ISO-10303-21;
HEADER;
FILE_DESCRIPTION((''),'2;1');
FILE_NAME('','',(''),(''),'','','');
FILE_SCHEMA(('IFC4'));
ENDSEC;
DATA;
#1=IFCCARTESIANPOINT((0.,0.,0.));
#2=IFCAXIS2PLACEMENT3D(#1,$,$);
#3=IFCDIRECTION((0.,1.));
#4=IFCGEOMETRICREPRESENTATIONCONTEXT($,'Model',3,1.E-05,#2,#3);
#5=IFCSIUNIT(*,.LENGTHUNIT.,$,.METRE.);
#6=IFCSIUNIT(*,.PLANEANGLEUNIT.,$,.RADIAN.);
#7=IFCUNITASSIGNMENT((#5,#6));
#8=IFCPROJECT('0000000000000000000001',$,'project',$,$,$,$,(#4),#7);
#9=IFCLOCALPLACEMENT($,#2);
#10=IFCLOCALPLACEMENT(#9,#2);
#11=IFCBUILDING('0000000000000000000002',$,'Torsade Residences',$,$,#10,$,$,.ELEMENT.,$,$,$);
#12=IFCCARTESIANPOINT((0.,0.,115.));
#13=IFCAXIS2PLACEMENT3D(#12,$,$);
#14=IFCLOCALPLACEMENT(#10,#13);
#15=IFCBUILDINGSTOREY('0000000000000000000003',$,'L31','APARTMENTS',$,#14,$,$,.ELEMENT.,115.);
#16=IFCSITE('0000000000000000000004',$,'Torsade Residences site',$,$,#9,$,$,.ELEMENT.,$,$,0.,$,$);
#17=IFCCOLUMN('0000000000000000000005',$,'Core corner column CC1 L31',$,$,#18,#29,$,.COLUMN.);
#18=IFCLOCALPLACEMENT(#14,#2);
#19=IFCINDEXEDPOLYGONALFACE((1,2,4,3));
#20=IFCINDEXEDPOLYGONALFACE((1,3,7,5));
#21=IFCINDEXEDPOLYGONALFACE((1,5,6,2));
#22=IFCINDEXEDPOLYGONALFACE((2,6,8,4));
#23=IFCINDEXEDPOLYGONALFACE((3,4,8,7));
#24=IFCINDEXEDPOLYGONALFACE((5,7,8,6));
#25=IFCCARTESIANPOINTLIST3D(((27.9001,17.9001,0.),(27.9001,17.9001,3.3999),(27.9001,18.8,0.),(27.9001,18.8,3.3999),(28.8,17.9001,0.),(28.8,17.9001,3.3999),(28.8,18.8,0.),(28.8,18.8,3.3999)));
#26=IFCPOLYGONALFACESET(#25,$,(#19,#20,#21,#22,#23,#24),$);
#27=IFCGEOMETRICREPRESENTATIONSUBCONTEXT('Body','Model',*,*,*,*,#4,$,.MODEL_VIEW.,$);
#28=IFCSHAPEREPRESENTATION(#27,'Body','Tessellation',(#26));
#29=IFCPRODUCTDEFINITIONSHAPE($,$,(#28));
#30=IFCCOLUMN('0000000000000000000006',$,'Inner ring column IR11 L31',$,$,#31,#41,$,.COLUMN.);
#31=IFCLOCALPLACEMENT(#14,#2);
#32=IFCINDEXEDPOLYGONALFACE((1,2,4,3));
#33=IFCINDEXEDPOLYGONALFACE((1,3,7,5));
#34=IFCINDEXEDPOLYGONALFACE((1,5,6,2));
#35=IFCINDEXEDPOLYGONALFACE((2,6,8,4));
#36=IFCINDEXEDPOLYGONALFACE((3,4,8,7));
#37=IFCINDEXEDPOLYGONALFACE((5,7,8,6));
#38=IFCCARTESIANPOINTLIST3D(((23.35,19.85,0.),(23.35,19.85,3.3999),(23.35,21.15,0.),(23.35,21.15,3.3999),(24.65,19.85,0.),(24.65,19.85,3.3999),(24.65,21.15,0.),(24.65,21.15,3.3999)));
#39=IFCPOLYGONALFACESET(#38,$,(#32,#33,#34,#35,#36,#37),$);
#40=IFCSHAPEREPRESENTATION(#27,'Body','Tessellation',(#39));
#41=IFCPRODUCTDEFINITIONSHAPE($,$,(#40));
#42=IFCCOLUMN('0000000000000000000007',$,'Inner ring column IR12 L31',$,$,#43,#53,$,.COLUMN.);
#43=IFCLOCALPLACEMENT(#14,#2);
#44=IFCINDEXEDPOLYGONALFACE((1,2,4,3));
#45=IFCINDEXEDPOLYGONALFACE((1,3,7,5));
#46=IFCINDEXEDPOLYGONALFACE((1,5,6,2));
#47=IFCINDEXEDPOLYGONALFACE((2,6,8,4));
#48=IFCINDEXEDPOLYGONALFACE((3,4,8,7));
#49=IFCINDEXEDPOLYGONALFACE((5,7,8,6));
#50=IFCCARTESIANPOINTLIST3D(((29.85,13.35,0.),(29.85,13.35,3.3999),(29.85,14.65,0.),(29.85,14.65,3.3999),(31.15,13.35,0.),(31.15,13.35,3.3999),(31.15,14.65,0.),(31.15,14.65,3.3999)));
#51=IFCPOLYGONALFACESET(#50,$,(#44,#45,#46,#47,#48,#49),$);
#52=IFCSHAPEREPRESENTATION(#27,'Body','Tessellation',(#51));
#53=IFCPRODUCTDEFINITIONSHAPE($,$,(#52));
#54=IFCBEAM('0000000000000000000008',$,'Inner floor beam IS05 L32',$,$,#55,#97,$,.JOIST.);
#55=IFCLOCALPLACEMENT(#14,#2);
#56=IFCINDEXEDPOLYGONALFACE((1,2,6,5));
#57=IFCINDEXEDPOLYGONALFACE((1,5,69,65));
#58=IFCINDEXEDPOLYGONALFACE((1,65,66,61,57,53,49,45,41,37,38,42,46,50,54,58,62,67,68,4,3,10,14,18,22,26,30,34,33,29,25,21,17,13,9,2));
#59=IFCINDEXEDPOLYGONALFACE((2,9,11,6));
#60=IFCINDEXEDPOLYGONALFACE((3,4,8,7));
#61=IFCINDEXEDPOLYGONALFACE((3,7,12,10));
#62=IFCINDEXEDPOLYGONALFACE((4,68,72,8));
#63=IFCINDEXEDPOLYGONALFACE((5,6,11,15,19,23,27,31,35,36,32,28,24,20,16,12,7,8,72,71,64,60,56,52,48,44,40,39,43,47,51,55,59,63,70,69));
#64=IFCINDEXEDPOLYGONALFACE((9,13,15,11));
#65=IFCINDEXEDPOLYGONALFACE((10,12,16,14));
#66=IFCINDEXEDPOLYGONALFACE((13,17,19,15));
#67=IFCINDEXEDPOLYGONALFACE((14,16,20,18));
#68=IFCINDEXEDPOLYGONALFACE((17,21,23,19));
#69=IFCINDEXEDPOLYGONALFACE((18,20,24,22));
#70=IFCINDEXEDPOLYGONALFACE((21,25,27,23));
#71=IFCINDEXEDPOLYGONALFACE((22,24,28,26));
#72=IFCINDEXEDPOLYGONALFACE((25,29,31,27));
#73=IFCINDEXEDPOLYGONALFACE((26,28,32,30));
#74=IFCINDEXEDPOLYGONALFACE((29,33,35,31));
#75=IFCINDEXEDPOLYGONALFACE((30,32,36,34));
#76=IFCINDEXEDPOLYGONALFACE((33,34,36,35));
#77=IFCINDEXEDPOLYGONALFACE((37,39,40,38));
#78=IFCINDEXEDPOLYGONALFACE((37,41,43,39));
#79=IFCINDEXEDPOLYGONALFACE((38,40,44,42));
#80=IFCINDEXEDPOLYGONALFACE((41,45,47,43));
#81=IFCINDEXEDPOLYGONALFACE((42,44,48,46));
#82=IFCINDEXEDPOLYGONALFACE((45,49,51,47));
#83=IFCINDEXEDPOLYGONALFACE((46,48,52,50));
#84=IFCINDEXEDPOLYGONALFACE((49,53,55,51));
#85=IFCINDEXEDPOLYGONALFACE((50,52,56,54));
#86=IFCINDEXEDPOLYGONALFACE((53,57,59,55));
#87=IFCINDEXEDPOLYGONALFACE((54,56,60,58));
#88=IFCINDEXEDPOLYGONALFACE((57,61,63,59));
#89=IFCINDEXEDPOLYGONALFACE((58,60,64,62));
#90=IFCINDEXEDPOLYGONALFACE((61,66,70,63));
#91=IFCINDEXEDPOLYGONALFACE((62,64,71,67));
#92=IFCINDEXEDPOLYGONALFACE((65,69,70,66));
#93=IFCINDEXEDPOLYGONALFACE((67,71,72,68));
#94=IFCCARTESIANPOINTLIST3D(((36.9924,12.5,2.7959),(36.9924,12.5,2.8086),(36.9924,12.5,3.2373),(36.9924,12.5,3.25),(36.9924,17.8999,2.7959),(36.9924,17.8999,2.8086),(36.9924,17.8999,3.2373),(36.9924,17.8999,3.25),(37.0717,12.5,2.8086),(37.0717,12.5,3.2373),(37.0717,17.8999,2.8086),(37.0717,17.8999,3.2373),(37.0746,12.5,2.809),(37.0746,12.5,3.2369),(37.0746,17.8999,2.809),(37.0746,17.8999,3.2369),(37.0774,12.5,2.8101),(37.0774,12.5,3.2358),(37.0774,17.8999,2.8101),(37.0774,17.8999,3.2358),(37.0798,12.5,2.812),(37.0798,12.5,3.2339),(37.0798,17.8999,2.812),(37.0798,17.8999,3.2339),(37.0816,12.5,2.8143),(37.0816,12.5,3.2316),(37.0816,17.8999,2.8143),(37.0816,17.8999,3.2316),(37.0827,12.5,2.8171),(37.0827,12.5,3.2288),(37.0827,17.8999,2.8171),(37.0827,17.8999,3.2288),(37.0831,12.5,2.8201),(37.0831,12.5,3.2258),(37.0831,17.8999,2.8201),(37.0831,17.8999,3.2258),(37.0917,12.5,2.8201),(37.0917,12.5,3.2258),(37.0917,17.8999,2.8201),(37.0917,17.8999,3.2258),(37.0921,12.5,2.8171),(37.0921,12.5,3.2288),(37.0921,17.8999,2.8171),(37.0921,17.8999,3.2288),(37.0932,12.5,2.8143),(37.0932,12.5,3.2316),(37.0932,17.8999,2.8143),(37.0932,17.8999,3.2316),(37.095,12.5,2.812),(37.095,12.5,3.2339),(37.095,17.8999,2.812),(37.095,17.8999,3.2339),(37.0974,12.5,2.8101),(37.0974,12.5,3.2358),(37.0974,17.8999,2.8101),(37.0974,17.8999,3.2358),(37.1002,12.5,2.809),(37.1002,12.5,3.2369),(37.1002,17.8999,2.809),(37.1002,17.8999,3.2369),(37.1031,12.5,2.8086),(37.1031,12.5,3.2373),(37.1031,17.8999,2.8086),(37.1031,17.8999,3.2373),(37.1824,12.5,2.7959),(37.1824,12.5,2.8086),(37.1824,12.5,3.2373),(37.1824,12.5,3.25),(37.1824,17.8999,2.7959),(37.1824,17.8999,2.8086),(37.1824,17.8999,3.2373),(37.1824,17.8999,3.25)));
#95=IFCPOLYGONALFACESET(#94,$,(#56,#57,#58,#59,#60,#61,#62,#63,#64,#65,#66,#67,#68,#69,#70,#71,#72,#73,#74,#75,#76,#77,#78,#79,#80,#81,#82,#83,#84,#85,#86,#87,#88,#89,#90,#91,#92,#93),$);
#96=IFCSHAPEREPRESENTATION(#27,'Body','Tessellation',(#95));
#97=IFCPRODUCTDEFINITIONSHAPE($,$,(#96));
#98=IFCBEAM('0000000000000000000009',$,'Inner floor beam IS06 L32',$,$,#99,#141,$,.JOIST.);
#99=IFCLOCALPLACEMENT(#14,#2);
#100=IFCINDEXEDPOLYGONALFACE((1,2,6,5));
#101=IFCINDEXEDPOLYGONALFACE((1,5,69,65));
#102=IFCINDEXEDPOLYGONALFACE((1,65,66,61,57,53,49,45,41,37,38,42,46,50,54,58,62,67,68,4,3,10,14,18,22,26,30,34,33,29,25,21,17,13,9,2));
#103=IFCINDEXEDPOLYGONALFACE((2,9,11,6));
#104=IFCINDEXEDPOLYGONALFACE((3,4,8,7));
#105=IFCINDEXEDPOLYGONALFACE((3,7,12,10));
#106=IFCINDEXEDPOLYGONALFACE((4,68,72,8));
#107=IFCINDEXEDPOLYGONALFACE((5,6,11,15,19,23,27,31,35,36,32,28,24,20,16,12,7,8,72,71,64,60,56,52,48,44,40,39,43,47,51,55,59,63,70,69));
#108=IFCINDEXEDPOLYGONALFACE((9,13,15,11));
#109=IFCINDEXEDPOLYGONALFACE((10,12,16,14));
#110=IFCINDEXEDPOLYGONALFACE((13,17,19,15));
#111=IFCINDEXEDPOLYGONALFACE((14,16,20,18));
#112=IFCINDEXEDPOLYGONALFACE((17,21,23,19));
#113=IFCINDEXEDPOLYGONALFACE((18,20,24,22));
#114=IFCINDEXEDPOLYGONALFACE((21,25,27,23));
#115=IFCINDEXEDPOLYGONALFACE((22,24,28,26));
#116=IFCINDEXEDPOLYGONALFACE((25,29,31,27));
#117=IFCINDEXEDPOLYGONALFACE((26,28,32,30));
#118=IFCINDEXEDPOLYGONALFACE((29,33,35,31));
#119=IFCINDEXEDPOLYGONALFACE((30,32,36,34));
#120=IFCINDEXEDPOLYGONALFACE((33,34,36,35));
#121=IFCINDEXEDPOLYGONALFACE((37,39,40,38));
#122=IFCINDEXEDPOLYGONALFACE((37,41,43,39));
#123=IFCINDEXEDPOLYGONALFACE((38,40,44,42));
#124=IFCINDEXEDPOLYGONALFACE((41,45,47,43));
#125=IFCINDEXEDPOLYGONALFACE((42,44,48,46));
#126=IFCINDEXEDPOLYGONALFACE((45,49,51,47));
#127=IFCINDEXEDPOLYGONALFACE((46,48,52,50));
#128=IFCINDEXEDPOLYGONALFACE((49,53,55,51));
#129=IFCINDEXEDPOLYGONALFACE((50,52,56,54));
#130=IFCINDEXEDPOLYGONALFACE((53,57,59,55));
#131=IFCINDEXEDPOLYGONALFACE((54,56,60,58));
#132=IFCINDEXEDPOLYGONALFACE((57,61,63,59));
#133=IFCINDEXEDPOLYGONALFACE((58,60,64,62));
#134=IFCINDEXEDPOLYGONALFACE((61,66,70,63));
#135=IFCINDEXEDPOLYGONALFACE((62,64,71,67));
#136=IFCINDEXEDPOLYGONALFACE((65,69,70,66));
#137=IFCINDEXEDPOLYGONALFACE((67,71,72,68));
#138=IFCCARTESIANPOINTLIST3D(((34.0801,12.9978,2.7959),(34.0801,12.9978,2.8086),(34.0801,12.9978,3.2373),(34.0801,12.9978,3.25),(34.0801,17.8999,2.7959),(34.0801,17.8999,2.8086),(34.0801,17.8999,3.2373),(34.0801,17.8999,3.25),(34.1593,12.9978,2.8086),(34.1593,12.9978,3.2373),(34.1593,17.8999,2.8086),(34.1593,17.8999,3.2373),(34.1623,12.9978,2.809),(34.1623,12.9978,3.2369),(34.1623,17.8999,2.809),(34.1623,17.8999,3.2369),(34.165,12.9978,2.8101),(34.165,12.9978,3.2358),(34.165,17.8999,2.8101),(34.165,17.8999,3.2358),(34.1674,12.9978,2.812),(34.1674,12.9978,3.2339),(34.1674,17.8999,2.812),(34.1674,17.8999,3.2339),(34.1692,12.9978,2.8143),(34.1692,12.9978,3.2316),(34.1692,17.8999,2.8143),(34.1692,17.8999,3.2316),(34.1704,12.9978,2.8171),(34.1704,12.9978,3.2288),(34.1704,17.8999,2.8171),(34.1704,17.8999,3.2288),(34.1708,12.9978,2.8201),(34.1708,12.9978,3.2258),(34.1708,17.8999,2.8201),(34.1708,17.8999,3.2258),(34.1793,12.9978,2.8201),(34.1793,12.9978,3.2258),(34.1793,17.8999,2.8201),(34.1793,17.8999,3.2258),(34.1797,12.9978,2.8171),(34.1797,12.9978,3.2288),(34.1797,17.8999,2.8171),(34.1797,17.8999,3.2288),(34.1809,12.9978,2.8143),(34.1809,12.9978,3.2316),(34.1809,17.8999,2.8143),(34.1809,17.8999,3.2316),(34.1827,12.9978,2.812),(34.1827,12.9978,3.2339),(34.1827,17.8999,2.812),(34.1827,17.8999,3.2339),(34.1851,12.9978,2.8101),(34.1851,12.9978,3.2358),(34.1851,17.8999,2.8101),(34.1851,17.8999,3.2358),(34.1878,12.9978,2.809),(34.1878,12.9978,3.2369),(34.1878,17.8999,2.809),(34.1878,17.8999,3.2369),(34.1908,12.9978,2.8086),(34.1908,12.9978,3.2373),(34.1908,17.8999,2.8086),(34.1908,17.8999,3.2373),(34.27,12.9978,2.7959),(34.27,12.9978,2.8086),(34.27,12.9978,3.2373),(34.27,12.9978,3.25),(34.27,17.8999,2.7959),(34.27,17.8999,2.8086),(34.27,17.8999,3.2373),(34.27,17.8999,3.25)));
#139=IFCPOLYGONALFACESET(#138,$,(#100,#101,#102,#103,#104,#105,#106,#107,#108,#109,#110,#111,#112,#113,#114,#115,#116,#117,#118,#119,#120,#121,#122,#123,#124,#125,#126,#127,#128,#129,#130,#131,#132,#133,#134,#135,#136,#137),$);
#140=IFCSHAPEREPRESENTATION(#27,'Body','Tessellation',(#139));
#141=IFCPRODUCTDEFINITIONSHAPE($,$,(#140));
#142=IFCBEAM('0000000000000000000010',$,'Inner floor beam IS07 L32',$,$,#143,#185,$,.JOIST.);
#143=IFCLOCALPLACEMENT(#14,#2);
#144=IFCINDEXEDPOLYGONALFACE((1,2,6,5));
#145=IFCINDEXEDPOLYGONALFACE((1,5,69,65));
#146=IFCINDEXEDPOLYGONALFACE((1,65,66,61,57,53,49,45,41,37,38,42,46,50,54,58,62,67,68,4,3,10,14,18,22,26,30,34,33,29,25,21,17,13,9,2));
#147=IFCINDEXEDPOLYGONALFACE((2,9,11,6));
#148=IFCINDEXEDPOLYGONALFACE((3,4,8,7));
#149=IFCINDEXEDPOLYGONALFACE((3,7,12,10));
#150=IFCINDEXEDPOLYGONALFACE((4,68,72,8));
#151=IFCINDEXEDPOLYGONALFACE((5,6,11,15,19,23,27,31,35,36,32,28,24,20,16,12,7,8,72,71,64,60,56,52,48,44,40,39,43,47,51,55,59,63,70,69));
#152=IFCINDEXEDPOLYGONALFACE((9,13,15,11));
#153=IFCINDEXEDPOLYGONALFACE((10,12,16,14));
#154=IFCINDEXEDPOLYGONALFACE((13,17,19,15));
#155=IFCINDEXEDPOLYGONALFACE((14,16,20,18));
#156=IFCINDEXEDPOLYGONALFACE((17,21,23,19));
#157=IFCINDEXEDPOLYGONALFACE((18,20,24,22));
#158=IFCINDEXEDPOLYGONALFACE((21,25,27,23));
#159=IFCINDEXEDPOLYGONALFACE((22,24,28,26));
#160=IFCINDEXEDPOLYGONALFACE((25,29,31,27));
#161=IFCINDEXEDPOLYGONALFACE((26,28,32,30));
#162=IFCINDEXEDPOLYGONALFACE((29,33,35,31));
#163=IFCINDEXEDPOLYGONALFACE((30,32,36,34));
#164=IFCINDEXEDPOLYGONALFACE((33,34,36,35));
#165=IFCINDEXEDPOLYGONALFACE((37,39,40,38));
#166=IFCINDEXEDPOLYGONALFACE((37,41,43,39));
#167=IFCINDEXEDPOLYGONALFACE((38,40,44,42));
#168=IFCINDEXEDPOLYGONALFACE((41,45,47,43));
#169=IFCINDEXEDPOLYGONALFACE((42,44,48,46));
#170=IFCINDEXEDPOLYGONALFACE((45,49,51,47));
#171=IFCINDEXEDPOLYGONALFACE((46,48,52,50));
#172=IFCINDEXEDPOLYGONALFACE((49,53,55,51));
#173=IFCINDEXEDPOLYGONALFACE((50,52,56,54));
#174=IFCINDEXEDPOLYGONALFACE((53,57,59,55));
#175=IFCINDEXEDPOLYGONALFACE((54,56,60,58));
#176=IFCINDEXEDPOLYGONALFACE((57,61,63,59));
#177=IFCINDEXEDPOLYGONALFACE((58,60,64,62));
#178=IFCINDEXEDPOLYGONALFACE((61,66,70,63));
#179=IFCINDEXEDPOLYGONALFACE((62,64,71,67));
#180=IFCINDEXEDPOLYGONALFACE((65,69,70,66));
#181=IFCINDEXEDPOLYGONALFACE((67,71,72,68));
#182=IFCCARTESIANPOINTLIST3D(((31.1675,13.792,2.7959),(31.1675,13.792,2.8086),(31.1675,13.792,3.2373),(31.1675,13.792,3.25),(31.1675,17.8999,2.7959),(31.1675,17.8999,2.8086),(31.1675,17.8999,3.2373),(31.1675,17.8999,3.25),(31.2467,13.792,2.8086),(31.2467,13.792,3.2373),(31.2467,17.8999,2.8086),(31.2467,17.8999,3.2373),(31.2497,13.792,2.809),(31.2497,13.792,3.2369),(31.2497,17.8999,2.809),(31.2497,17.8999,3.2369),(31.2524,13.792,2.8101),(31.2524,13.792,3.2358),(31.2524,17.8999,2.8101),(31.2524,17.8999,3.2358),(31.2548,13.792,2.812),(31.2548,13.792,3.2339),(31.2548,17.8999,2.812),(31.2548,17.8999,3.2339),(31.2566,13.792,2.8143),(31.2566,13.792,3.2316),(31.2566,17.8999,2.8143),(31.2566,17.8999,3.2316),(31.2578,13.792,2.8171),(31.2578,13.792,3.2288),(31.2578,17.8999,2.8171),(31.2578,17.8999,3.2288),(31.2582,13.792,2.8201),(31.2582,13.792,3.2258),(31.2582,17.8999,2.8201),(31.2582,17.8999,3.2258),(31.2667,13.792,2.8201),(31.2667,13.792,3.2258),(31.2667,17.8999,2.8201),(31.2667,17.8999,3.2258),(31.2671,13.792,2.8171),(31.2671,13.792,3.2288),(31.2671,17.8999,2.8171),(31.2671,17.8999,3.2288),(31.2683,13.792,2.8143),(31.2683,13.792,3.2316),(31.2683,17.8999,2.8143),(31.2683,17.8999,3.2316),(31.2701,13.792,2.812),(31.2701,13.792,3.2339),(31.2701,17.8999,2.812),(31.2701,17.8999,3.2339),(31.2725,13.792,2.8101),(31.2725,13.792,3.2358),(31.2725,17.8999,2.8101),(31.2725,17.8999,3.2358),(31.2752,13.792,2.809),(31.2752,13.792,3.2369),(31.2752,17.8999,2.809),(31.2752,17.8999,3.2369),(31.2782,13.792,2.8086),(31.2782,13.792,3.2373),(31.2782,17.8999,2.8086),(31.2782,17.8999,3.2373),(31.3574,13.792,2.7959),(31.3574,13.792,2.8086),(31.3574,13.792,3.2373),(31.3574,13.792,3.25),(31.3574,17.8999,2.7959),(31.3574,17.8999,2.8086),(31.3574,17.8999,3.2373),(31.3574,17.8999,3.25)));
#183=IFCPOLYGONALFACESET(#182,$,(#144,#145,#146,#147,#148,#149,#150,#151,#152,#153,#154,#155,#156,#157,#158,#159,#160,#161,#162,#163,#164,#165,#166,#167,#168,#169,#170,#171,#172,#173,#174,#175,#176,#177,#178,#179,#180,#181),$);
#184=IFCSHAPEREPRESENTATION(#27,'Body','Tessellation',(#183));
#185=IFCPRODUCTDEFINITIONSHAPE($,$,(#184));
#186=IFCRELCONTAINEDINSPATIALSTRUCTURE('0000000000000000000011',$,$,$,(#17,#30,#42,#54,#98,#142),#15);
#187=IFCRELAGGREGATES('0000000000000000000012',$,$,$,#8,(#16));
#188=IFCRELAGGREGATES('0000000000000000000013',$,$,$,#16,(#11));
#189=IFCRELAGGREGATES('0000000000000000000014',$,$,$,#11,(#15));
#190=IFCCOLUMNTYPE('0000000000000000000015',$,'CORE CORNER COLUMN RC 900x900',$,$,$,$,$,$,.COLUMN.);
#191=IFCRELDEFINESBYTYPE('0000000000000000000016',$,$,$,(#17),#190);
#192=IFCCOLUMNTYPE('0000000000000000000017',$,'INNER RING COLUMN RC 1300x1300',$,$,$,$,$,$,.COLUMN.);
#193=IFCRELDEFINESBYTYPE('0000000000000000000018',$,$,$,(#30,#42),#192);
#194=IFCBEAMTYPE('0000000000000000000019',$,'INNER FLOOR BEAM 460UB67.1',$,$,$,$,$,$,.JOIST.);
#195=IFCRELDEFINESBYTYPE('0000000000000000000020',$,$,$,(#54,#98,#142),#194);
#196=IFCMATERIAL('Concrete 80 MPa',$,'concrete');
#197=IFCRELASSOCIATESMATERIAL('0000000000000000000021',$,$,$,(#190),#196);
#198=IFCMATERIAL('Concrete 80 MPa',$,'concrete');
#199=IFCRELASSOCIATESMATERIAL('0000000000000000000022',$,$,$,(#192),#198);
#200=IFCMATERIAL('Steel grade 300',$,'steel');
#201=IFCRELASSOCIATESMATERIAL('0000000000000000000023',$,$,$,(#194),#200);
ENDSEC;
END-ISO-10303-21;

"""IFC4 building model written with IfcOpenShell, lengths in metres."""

from ifc_helpers import new_model, si_unit, direction, frame, origin, origin_2d, place, context, subcontext, project, spatial, rectangle, i_section, extrude, material, material_profile, profile_set, type_object, element, save


model = new_model("IFC4")

# Units and contexts
model_context = context("Model", 3, precision=1e-05, world=origin(), true_north=direction((0.0, 1.0)))
body_context = subcontext(model_context, "Body", "Model", "MODEL_VIEW")
ifc_project = project(units=[si_unit("LENGTHUNIT", "METRE"), si_unit("PLANEANGLEUNIT", "RADIAN")], contexts=[model_context])

# Site, building, storey
site_placement = place(None, origin())
site = spatial("IfcSite", under=ifc_project, at=site_placement, Name="Torsade Residences site", CompositionType="ELEMENT", RefElevation=0.0)
building_placement = place(site_placement, origin())
building = spatial("IfcBuilding", under=site, at=building_placement, Name="Torsade Residences", CompositionType="ELEMENT")
storey_placement = place(building_placement, frame((0.0, 0.0, 115.0)))
storey = spatial("IfcBuildingStorey", under=building, at=storey_placement, Name="L31", Description="APARTMENTS", CompositionType="ELEMENT", Elevation=115.0)

# Columns
ifc_material_1 = material(Name="Concrete 80 MPa", Category="concrete")
ifc_material_profile_1 = material_profile(ifc_material_1, rectangle(XDim=0.8999, YDim=0.8999, at=origin_2d()), Name="RC 900x900")
ifc_profile_set_1 = profile_set([ifc_material_profile_1], Name="Concrete 80 MPa")
column_type_1 = type_object("IfcColumnType", Name="CORE CORNER COLUMN RC 900x900", PredefinedType="COLUMN", material=ifc_profile_set_1)
column_placement = place(storey_placement, frame((28.3501, 18.3501, 0.0), z_axis=(0.0, 0.0, 1.0), x_axis=(1.0, 0.0, 0.0)))
element("IfcColumn", 1, at=column_placement, inside=storey, type_object=column_type_1, Name="Core corner column CC1 L31", PredefinedType="COLUMN", context=body_context, shape_type="SweptSolid", body=[
    extrude(rectangle(XDim=0.8999, YDim=0.8999, at=origin_2d()), origin(), (0.0, 0.0, 1.0), 3.3999),
])
ifc_material_2 = material(Name="Concrete 80 MPa", Category="concrete")
ifc_material_profile_2 = material_profile(ifc_material_2, rectangle(XDim=1.3, YDim=1.3, at=origin_2d()), Name="RC 1300x1300")
ifc_profile_set_2 = profile_set([ifc_material_profile_2], Name="Concrete 80 MPa")
column_type_2 = type_object("IfcColumnType", Name="INNER RING COLUMN RC 1300x1300", PredefinedType="COLUMN", material=ifc_profile_set_2)
for number, where, z_axis, x_axis, name in (
    (2, (24.0, 20.5, 0.0), (0.0, 0.0, 1.0), (1.0, 0.0, 0.0), "Inner ring column IR11 L31"),
    (3, (30.5, 14.0, 0.0), (0.0, 0.0, 1.0), (1.0, 0.0, 0.0), "Inner ring column IR12 L31"),
):
    element("IfcColumn", number, at=place(storey_placement, frame(where, z_axis=z_axis, x_axis=x_axis)), inside=storey, type_object=column_type_2, Name=name, PredefinedType="COLUMN", context=body_context, shape_type="SweptSolid", body=[
        extrude(rectangle(XDim=1.3, YDim=1.3, at=origin_2d()), origin(), (0.0, 0.0, 1.0), 3.3999),
    ])

# Beams
ifc_material_3 = material(Name="Steel grade 300", Category="steel")
ifc_material_profile_3 = material_profile(ifc_material_3, i_section(OverallWidth=0.1899, OverallDepth=0.4541, WebThickness=0.0085, FlangeThickness=0.0127, FilletRadius=0.0115, at=origin_2d()), Name="460UB67.1")
ifc_profile_set_3 = profile_set([ifc_material_profile_3], Name="Steel grade 300")
beam_type_1 = type_object("IfcBeamType", Name="INNER FLOOR BEAM 460UB67.1", PredefinedType="JOIST", material=ifc_profile_set_3)
beam_1_placement = place(storey_placement, frame((37.0874, 17.8999, 3.0229), z_axis=(0.0, -1.0, 0.0), x_axis=(1.0, 0.0, 0.0)))
element("IfcBeam", 4, at=beam_1_placement, inside=storey, type_object=beam_type_1, Name="Inner floor beam IS05 L32", PredefinedType="JOIST", context=body_context, shape_type="SweptSolid", body=[
    extrude(i_section(OverallWidth=0.1899, OverallDepth=0.4541, WebThickness=0.0085, FlangeThickness=0.0127, FilletRadius=0.0115, at=origin_2d()), origin(), (0.0, 0.0, 1.0), 5.3999),
])
beam_2_placement = place(storey_placement, frame((34.175, 17.8999, 3.0229), z_axis=(0.0, -1.0, 0.0), x_axis=(1.0, 0.0, 0.0)))
element("IfcBeam", 5, at=beam_2_placement, inside=storey, type_object=beam_type_1, Name="Inner floor beam IS06 L32", PredefinedType="JOIST", context=body_context, shape_type="SweptSolid", body=[
    extrude(i_section(OverallWidth=0.1899, OverallDepth=0.4541, WebThickness=0.0085, FlangeThickness=0.0127, FilletRadius=0.0115, at=origin_2d()), origin(), (0.0, 0.0, 1.0), 4.9021),
])
beam_3_placement = place(storey_placement, frame((31.2625, 17.8999, 3.0229), z_axis=(0.0, -1.0, 0.0), x_axis=(1.0, 0.0, 0.0)))
element("IfcBeam", 6, at=beam_3_placement, inside=storey, type_object=beam_type_1, Name="Inner floor beam IS07 L32", PredefinedType="JOIST", context=body_context, shape_type="SweptSolid", body=[
    extrude(i_section(OverallWidth=0.1899, OverallDepth=0.4541, WebThickness=0.0085, FlangeThickness=0.0127, FilletRadius=0.0115, at=origin_2d()), origin(), (0.0, 0.0, 1.0), 4.1079),
])

save(model, "model.ifc")
